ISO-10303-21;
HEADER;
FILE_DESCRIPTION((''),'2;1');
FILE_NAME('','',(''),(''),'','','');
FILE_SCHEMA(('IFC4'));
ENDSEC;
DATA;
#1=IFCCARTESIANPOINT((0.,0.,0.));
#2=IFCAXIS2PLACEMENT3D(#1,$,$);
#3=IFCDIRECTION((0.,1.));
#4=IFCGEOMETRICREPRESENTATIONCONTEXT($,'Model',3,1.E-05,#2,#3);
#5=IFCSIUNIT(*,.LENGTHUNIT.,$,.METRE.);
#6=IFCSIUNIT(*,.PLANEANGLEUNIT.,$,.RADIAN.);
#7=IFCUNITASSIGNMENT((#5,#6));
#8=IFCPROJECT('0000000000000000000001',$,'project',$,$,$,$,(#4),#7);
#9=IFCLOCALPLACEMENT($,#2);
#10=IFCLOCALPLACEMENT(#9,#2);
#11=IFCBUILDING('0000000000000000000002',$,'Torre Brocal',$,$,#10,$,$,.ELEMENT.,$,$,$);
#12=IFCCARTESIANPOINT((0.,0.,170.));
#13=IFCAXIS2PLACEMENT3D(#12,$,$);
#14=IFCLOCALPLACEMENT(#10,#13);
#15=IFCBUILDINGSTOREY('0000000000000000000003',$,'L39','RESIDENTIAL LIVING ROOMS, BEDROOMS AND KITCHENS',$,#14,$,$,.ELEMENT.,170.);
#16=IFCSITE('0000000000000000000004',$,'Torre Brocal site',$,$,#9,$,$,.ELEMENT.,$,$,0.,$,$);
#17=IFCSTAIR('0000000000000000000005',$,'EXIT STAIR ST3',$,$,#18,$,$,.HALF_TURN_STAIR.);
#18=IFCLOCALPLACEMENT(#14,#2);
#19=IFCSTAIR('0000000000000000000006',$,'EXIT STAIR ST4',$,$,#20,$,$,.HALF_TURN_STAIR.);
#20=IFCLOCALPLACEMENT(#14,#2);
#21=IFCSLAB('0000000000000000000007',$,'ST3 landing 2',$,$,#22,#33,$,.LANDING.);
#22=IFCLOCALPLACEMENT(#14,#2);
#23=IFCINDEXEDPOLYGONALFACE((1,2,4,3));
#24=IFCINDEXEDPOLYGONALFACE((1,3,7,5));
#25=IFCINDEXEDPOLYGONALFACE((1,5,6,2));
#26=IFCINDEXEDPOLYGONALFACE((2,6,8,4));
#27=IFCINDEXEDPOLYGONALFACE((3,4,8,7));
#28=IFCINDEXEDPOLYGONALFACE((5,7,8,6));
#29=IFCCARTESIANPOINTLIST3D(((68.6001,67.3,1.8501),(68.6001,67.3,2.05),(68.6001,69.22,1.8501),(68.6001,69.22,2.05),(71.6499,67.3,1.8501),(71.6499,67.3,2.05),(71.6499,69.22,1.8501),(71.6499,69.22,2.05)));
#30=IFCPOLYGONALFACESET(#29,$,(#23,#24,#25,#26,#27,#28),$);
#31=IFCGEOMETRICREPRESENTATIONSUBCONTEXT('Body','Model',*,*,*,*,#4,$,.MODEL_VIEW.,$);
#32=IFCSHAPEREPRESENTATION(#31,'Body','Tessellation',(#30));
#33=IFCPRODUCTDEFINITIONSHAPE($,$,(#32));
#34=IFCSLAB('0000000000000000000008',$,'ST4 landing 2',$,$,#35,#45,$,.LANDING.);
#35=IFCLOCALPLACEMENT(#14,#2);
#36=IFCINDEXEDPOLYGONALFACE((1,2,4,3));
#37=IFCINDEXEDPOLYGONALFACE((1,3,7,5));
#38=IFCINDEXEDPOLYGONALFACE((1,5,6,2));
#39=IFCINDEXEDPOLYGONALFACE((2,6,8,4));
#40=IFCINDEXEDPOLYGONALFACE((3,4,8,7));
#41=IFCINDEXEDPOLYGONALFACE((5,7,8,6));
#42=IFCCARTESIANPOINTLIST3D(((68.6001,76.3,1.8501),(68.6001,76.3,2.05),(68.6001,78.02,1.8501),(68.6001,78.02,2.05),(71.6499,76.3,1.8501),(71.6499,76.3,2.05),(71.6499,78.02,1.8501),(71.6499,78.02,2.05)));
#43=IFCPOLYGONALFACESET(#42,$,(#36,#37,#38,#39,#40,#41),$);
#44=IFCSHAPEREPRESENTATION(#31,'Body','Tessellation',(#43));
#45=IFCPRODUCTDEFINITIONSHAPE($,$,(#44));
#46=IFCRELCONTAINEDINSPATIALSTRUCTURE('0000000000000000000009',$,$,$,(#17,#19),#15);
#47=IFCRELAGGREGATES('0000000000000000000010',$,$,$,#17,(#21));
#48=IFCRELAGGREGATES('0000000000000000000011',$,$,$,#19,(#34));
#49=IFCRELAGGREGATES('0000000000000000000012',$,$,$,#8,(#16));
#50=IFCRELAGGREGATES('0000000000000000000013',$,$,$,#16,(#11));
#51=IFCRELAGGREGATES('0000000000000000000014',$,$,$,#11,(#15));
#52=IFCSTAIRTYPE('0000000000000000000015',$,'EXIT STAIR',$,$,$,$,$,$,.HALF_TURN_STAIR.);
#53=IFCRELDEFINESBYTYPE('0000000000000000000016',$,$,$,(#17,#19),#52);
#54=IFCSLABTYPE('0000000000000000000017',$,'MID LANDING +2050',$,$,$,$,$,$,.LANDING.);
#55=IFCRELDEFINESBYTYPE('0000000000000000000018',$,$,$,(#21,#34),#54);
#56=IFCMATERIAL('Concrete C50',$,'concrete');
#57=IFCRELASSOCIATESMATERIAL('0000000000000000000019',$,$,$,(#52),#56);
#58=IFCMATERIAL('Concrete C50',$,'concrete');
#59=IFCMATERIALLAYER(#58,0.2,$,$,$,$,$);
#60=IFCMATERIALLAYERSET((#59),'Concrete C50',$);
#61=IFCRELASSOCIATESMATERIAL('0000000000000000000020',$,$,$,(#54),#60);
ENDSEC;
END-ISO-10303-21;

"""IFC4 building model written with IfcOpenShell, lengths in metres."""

from ifc_helpers import new_model, si_unit, direction, frame, origin, place, context, subcontext, project, spatial, polyline, outline, extrude, material, layer, layer_set, type_object, element, aggregate, save


model = new_model("IFC4")

# Units and contexts
model_context = context("Model", 3, precision=1e-05, world=origin(), true_north=direction((0.0, 1.0)))
body_context = subcontext(model_context, "Body", "Model", "MODEL_VIEW")
ifc_project = project(units=[si_unit("LENGTHUNIT", "METRE"), si_unit("PLANEANGLEUNIT", "RADIAN")], contexts=[model_context])

# Site, building, storey
site_placement = place(None, origin())
site = spatial("IfcSite", under=ifc_project, at=site_placement, Name="Torre Brocal site", CompositionType="ELEMENT", RefElevation=0.0)
building_placement = place(site_placement, origin())
building = spatial("IfcBuilding", under=site, at=building_placement, Name="Torre Brocal", CompositionType="ELEMENT")
storey_placement = place(building_placement, frame((0.0, 0.0, 170.0)))
storey = spatial("IfcBuildingStorey", under=building, at=storey_placement, Name="L39", Description="RESIDENTIAL LIVING ROOMS, BEDROOMS AND KITCHENS", CompositionType="ELEMENT", Elevation=170.0)

# Stairs
ifc_material_1 = material(Name="Concrete C50", Category="concrete")
stair_type = type_object("IfcStairType", Name="EXIT STAIR", PredefinedType="HALF_TURN_STAIR", material=ifc_material_1)
stair_1_placement = place(storey_placement, origin())
stair_1 = element("IfcStair", 1, at=stair_1_placement, inside=storey, type_object=stair_type, Name="EXIT STAIR ST3", PredefinedType="HALF_TURN_STAIR")
stair_2_placement = place(storey_placement, origin())
stair_2 = element("IfcStair", 2, at=stair_2_placement, inside=storey, type_object=stair_type, Name="EXIT STAIR ST4", PredefinedType="HALF_TURN_STAIR")

# Slabs
ifc_material_2 = material(Name="Concrete C50", Category="concrete")
ifc_layer_1 = layer(ifc_material_2, 0.2)
ifc_layer_set_1 = layer_set([ifc_layer_1], Name="Concrete C50")
slab_type_1 = type_object("IfcSlabType", Name="MID LANDING +2050", PredefinedType="LANDING", material=ifc_layer_set_1)
slab_1_placement = place(storey_placement, frame((0.0, 0.0, 1.8501)))
slab_1 = element("IfcSlab", 3, at=slab_1_placement, type_object=slab_type_1, Name="ST3 landing 2", PredefinedType="LANDING", context=body_context, shape_type="SweptSolid", body=[
    extrude(outline(polyline([(71.6499, 69.22), (68.6001, 69.22), (68.6001, 67.3), (71.6499, 67.3), (71.6499, 69.22)])), origin(), (0.0, 0.0, 1.0), 0.2),
])
aggregate(stair_1, [slab_1])
slab_2_placement = place(storey_placement, frame((0.0, 0.0, 1.8501)))
slab_2 = element("IfcSlab", 4, at=slab_2_placement, type_object=slab_type_1, Name="ST4 landing 2", PredefinedType="LANDING", context=body_context, shape_type="SweptSolid", body=[
    extrude(outline(polyline([(71.6499, 78.02), (68.6001, 78.02), (68.6001, 76.3), (71.6499, 76.3), (71.6499, 78.02)])), origin(), (0.0, 0.0, 1.0), 0.2),
])
aggregate(stair_2, [slab_2])

save(model, "model.ifc")
